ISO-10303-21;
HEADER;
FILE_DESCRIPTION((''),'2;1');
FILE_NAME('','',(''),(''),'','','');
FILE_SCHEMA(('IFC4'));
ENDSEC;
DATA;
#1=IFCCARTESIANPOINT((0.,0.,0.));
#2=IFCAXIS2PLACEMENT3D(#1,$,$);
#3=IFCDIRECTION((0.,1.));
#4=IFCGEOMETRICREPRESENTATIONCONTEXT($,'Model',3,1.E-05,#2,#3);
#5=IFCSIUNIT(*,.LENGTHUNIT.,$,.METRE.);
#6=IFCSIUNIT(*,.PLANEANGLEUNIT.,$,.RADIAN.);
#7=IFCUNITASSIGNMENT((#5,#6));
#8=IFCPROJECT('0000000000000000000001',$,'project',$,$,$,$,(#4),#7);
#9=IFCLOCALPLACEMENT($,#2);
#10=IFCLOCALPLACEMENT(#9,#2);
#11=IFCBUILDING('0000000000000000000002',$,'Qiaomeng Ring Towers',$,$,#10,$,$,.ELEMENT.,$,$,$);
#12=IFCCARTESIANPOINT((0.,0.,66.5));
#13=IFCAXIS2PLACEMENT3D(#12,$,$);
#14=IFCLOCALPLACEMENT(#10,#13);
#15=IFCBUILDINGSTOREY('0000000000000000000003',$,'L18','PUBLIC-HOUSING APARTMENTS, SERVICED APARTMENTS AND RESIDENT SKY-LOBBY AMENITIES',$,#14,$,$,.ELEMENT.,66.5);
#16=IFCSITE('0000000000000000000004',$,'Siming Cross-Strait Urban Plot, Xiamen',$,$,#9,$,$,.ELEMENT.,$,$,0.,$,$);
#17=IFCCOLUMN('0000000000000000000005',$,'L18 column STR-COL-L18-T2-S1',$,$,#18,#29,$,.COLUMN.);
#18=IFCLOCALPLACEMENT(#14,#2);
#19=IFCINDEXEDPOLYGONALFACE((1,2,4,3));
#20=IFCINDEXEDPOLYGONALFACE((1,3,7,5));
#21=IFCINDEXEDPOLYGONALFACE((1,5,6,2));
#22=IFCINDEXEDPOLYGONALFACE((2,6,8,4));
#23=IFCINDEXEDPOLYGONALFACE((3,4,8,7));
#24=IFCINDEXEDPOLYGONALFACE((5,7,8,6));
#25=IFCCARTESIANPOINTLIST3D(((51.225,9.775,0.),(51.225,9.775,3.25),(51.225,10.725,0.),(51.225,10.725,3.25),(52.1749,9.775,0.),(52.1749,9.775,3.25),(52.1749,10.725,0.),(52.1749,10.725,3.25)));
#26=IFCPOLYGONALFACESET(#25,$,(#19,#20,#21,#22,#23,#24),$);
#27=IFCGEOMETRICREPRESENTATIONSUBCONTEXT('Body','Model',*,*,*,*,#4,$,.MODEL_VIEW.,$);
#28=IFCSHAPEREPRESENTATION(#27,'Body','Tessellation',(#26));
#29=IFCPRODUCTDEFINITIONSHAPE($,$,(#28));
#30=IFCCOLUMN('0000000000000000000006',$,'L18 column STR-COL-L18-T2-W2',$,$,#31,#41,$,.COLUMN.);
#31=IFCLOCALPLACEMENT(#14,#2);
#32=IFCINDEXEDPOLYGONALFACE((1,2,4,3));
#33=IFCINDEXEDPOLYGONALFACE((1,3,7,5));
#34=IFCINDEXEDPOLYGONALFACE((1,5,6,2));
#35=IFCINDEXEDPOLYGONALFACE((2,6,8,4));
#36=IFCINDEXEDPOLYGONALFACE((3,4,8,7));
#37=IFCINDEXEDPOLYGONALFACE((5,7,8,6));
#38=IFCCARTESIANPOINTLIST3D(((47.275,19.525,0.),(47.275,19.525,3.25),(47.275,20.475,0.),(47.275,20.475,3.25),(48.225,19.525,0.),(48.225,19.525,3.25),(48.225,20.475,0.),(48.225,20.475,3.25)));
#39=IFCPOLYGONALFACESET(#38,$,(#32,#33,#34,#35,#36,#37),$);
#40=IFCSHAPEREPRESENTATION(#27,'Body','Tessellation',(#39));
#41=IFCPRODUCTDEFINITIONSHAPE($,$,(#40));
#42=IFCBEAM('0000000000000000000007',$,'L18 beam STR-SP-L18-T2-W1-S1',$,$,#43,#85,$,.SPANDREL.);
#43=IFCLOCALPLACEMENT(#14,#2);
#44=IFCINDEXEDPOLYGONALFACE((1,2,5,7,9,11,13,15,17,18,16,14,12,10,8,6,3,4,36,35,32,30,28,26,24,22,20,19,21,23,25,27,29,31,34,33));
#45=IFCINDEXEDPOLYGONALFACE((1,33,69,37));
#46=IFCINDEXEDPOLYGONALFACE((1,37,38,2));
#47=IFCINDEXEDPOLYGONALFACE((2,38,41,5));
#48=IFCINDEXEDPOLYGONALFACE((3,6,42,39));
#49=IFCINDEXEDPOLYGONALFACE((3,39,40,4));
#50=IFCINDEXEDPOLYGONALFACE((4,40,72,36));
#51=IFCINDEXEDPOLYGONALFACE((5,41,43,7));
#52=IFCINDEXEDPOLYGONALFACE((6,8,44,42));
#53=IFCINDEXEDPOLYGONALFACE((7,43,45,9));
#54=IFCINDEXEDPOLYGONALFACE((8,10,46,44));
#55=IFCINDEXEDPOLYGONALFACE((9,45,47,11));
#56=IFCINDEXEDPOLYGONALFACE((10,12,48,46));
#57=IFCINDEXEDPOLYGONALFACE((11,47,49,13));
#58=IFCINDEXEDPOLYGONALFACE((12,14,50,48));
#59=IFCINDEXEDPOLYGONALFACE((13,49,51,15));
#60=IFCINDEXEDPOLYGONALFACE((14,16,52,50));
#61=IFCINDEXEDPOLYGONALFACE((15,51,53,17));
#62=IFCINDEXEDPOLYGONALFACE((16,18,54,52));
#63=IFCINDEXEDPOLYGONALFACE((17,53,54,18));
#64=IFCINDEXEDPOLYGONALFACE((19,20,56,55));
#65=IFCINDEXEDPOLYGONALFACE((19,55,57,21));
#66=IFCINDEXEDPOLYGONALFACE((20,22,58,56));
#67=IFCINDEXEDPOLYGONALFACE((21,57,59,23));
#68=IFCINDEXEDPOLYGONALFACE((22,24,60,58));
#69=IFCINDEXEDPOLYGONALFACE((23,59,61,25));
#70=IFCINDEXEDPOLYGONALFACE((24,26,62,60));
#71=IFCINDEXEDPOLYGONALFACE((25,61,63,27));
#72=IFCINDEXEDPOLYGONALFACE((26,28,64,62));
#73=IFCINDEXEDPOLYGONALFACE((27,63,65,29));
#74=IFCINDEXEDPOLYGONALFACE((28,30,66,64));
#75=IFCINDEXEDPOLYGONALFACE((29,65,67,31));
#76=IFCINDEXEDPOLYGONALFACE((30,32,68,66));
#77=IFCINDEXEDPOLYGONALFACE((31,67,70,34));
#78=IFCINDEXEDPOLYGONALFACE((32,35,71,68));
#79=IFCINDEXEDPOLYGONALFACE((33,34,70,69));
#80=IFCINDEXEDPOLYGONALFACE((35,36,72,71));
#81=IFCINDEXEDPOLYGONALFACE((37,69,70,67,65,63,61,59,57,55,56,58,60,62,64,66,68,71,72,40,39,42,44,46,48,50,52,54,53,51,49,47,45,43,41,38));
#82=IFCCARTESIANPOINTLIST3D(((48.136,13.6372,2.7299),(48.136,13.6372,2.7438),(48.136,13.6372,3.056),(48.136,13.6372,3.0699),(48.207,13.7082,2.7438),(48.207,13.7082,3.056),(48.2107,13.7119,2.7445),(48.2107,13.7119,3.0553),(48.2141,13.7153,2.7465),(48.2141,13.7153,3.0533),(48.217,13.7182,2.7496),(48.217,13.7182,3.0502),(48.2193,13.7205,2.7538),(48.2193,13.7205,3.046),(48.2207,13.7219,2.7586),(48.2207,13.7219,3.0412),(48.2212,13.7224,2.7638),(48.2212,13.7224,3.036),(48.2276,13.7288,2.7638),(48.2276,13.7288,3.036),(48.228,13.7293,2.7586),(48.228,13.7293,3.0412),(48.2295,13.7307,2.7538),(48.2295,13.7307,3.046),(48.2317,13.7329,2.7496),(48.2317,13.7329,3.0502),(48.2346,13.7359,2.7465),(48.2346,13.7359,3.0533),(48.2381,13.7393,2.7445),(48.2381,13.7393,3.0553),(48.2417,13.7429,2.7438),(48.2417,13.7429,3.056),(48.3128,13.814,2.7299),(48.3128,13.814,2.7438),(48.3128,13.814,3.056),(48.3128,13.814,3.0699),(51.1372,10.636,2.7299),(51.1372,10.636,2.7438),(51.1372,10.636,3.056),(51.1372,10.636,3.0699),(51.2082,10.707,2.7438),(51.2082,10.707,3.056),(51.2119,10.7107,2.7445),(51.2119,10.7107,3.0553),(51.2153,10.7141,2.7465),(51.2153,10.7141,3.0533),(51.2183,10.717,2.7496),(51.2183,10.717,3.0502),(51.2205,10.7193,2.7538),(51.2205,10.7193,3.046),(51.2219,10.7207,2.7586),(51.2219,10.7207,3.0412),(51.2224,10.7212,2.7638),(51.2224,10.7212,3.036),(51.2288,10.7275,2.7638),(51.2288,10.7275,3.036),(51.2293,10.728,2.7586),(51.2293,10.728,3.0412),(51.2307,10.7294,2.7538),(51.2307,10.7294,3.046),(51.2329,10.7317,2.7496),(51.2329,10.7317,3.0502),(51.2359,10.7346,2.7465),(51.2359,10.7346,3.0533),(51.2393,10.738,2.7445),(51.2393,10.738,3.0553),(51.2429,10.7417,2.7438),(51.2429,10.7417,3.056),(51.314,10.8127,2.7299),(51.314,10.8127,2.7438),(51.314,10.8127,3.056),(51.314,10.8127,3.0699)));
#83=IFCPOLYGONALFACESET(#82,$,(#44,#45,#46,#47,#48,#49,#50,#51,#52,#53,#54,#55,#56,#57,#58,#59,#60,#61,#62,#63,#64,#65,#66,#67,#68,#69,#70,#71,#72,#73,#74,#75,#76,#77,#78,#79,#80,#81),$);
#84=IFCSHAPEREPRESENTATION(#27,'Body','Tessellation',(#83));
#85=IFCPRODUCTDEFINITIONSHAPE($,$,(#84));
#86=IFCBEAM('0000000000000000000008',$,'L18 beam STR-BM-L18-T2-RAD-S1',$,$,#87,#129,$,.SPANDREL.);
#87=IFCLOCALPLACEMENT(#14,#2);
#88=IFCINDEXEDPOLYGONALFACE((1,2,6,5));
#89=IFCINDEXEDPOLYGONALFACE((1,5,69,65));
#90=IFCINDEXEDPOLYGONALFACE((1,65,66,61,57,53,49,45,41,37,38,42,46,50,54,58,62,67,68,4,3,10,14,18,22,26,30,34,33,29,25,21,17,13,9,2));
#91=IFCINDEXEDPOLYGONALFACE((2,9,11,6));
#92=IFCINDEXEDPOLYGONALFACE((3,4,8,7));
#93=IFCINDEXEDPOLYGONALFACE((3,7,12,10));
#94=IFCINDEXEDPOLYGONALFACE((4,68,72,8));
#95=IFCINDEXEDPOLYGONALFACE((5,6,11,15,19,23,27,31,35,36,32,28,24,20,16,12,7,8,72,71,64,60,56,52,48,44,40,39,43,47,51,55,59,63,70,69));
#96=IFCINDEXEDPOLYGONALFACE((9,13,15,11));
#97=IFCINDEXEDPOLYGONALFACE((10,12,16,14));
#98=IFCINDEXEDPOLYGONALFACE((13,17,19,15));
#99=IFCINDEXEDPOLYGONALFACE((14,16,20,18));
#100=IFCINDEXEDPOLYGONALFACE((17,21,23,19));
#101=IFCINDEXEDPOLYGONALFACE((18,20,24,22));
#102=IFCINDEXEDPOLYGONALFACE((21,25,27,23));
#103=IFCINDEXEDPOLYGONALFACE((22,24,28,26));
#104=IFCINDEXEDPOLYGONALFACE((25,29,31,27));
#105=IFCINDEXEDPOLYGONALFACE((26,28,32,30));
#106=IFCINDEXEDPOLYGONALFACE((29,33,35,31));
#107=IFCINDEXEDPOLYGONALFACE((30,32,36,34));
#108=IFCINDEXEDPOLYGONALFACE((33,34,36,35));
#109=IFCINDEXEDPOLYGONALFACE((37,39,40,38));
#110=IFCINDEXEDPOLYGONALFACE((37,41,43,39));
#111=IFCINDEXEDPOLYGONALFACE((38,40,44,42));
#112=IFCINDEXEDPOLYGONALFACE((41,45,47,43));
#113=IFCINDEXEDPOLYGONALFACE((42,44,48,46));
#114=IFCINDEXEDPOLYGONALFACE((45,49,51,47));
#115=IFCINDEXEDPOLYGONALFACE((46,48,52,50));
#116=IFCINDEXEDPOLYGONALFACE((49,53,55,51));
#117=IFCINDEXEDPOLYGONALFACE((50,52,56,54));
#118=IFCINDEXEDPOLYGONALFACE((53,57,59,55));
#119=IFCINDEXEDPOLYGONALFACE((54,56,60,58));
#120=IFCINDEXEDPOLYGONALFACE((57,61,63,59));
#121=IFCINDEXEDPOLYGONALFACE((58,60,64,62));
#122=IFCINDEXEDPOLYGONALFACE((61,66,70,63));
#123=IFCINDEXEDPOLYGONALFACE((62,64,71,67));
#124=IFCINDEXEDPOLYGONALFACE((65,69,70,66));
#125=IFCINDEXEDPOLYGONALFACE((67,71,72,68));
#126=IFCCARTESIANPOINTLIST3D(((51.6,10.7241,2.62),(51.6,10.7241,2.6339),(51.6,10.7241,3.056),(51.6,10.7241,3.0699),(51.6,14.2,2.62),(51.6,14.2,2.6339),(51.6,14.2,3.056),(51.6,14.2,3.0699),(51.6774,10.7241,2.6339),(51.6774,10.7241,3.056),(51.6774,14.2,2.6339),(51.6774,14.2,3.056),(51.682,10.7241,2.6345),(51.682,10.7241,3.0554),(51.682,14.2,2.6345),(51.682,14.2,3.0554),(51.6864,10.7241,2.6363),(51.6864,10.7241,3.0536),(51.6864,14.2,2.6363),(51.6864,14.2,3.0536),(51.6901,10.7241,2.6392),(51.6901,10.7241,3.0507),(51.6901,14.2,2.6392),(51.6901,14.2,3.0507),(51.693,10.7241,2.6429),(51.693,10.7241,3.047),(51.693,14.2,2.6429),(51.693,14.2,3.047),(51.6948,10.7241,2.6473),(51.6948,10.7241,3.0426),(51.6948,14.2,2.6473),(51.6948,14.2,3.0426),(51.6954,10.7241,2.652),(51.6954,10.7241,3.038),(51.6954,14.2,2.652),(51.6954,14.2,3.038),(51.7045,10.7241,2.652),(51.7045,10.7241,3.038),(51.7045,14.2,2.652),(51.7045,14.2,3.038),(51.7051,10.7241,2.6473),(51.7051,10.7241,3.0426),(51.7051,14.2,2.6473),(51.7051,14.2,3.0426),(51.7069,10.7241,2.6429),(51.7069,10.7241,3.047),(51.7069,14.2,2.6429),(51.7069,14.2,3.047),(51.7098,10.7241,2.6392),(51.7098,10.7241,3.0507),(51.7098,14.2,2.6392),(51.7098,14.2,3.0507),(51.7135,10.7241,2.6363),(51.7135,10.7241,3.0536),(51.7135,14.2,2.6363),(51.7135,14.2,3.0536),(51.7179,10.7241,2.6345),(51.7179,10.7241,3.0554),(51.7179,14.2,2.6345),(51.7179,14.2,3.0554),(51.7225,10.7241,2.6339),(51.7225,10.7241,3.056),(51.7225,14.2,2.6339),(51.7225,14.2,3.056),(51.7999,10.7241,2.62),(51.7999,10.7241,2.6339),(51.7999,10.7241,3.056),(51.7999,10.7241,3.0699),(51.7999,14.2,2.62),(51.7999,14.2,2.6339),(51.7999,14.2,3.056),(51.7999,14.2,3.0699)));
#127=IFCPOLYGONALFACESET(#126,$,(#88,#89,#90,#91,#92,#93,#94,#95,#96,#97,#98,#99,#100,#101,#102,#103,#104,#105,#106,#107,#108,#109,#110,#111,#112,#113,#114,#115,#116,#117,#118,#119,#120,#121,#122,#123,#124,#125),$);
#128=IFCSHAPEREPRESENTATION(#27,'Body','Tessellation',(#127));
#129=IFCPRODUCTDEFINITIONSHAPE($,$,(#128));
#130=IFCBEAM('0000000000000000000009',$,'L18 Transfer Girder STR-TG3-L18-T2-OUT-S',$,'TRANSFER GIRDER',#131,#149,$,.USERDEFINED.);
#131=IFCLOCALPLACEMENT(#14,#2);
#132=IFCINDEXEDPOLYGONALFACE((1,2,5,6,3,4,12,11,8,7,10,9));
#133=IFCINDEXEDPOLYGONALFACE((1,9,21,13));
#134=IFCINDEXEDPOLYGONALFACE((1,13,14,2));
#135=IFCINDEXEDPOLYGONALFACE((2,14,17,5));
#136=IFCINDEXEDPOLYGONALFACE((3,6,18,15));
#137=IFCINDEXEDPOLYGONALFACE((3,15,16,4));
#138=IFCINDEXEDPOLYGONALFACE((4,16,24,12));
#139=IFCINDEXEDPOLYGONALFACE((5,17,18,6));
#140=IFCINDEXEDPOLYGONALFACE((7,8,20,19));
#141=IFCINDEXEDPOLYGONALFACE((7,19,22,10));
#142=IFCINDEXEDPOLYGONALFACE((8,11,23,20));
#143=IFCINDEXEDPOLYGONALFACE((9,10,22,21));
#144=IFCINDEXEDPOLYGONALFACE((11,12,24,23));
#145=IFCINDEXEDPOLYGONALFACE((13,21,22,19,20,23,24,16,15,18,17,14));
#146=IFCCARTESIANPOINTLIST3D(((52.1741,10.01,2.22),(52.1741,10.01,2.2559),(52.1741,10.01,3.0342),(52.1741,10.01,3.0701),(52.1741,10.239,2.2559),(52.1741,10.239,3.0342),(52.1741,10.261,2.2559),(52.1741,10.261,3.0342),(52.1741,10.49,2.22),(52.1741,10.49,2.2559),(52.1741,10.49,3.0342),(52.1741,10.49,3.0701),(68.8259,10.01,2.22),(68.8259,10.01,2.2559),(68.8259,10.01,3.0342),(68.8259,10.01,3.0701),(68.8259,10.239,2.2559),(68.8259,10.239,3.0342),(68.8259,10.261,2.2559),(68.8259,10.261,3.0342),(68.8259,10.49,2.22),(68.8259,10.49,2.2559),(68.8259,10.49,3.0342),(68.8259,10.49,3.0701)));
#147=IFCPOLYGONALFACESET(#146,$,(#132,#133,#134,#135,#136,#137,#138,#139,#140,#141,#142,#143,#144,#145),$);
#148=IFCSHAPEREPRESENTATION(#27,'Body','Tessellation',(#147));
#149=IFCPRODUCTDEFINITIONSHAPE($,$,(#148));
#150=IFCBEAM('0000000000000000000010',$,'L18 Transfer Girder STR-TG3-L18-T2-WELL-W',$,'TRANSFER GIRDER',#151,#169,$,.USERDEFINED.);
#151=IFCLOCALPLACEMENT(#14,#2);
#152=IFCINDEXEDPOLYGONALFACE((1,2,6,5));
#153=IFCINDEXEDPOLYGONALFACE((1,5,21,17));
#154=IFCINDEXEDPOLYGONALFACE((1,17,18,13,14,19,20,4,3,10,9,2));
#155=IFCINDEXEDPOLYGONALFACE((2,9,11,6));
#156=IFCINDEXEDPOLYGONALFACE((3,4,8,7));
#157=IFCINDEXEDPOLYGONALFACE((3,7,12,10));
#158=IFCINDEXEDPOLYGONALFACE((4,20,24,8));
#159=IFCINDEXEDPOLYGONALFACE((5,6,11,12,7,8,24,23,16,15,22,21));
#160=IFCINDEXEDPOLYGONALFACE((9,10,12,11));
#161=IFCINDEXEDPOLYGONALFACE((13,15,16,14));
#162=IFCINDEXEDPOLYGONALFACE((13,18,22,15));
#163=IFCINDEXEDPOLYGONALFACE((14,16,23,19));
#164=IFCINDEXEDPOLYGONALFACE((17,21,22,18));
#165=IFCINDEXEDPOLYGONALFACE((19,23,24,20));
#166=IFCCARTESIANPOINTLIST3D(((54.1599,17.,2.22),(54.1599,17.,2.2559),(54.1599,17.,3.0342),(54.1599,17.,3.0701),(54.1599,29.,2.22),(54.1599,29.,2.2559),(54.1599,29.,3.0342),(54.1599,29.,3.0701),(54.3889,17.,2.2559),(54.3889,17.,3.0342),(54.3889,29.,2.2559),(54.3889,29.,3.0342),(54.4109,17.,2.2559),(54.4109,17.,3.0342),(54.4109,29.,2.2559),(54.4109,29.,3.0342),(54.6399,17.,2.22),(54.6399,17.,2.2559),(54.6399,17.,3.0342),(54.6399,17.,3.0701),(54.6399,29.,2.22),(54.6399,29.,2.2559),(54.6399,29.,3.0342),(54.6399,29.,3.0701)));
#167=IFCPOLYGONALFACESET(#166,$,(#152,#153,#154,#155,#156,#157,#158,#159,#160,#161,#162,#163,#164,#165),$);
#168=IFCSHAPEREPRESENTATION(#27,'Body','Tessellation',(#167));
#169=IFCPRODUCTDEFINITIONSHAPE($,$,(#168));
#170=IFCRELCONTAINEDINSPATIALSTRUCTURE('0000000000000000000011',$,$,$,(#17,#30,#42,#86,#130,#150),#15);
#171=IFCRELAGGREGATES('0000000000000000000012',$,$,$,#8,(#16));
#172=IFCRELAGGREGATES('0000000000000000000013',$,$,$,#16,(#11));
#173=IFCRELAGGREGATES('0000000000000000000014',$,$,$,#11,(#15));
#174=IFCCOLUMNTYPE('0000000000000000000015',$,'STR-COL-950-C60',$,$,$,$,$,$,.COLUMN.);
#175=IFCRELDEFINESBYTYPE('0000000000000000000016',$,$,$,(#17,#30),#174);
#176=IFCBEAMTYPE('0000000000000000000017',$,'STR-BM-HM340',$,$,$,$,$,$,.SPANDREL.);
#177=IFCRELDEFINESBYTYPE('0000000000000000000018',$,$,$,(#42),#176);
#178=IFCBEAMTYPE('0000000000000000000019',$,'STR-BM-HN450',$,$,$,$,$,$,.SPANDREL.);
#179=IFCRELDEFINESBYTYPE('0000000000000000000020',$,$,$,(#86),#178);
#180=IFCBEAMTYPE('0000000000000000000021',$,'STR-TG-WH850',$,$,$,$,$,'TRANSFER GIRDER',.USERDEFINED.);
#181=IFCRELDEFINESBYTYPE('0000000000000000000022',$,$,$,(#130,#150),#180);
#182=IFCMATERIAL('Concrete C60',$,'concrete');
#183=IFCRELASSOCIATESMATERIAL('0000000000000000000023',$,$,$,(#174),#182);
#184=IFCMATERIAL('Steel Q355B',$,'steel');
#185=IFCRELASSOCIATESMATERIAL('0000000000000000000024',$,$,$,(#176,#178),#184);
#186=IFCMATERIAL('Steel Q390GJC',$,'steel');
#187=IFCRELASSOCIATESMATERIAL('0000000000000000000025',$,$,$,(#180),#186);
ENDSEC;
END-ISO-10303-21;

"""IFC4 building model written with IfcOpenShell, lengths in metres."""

from ifc_helpers import new_model, si_unit, direction, frame, origin, origin_2d, place, context, subcontext, project, spatial, rectangle, i_section, extrude, source, transform, mapped, material, material_profile, profile_set, type_object, element, save


model = new_model("IFC4")

# Units and contexts
model_context = context("Model", 3, precision=1e-05, world=origin(), true_north=direction((0.0, 1.0)))
body_context = subcontext(model_context, "Body", "Model", "MODEL_VIEW")
ifc_project = project(units=[si_unit("LENGTHUNIT", "METRE"), si_unit("PLANEANGLEUNIT", "RADIAN")], contexts=[model_context])

# Site, building, storey
site_placement = place(None, origin())
site = spatial("IfcSite", under=ifc_project, at=site_placement, Name="Siming Cross-Strait Urban Plot, Xiamen", CompositionType="ELEMENT", RefElevation=0.0)
building_placement = place(site_placement, origin())
building = spatial("IfcBuilding", under=site, at=building_placement, Name="Qiaomeng Ring Towers", CompositionType="ELEMENT")
storey_placement = place(building_placement, frame((0.0, 0.0, 66.5)))
storey = spatial("IfcBuildingStorey", under=building, at=storey_placement, Name="L18", Description="PUBLIC-HOUSING APARTMENTS, SERVICED APARTMENTS AND RESIDENT SKY-LOBBY AMENITIES", CompositionType="ELEMENT", Elevation=66.5)

# Columns
ifc_material_1 = material(Name="Concrete C60", Category="concrete")
ifc_material_profile_1 = material_profile(ifc_material_1, rectangle(XDim=0.95, YDim=0.95, at=origin_2d()), Name="RC COL 950x950")
ifc_profile_set_1 = profile_set([ifc_material_profile_1], Name="Concrete C60")
column_type = type_object("IfcColumnType", Name="STR-COL-950-C60", PredefinedType="COLUMN", material=ifc_profile_set_1)
shared_shape_1 = source(origin(), body_context, "Body", "SweptSolid", [
    extrude(rectangle(XDim=0.95, YDim=0.95, at=origin_2d()), origin(), (0.0, 0.0, 1.0), 3.25),
])
for number, where, z_axis, x_axis, name in (
    (1, (51.7, 10.25, 0.0), (0.0, 0.0, 1.0), (1.0, 0.0, 0.0), "L18 column STR-COL-L18-T2-S1"),
    (2, (47.75, 20.0, 0.0), (0.0, 0.0, 1.0), (1.0, 0.0, 0.0), "L18 column STR-COL-L18-T2-W2"),
):
    element("IfcColumn", number, at=place(storey_placement, frame(where, z_axis=z_axis, x_axis=x_axis)), inside=storey, type_object=column_type, Name=name, PredefinedType="COLUMN", context=body_context, shape_type="MappedRepresentation", body=[
        mapped(shared_shape_1, transform((0.0, 0.0, 0.0), x_axis=(1.0, 0.0, 0.0), y_axis=(0.0, 1.0, 0.0), z_axis=(0.0, 0.0, 1.0), scale=1.0)),
    ])

# Beams
ifc_material_2 = material(Name="Steel Q355B", Category="steel")
ifc_material_profile_2 = material_profile(ifc_material_2, i_section(OverallWidth=0.25, OverallDepth=0.3401, WebThickness=0.009, FlangeThickness=0.0139, FilletRadius=0.02, at=origin_2d()), Name="HM 340x250x9x14")
ifc_profile_set_2 = profile_set([ifc_material_profile_2], Name="Steel Q355B")
beam_type_1 = type_object("IfcBeamType", Name="STR-BM-HM340", PredefinedType="SPANDREL", material=ifc_profile_set_2)
shared_shape_2 = source(origin(), body_context, "Body", "SweptSolid", [
    extrude(i_section(OverallWidth=0.25, OverallDepth=0.3401, WebThickness=0.009, FlangeThickness=0.0139, FilletRadius=0.02, at=origin_2d()), origin(), (0.0, 0.0, 1.0), 4.2444),
])
beam_1_placement = place(storey_placement, frame((48.2244, 13.7256, 2.8999), z_axis=(0.707107, -0.707107, 0.0), x_axis=(0.707107, 0.707107, 0.0)))
element("IfcBeam", 3, at=beam_1_placement, inside=storey, type_object=beam_type_1, Name="L18 beam STR-SP-L18-T2-W1-S1", PredefinedType="SPANDREL", context=body_context, shape_type="MappedRepresentation", body=[
    mapped(shared_shape_2, transform((0.0, 0.0, 0.0), x_axis=(1.0, 0.0, 0.0), y_axis=(0.0, 1.0, 0.0), z_axis=(0.0, 0.0, 1.0), scale=1.0)),
])
ifc_material_profile_3 = material_profile(ifc_material_2, i_section(OverallWidth=0.2, OverallDepth=0.45, WebThickness=0.009, FlangeThickness=0.0139, FilletRadius=0.0181, at=origin_2d()), Name="HN 450x200x9x14")
ifc_profile_set_3 = profile_set([ifc_material_profile_3], Name="Steel Q355B")
beam_type_2 = type_object("IfcBeamType", Name="STR-BM-HN450", PredefinedType="SPANDREL", material=ifc_profile_set_3)
shared_shape_3 = source(origin(), body_context, "Body", "SweptSolid", [
    extrude(i_section(OverallWidth=0.2, OverallDepth=0.45, WebThickness=0.009, FlangeThickness=0.0139, FilletRadius=0.0181, at=origin_2d()), origin(), (0.0, 0.0, 1.0), 3.4758),
])
beam_2_placement = place(storey_placement, frame((51.7, 10.7241, 2.845), z_axis=(0.0, 1.0, 0.0), x_axis=(-1.0, 0.0, 0.0)))
element("IfcBeam", 4, at=beam_2_placement, inside=storey, type_object=beam_type_2, Name="L18 beam STR-BM-L18-T2-RAD-S1", PredefinedType="SPANDREL", context=body_context, shape_type="MappedRepresentation", body=[
    mapped(shared_shape_3, transform((0.0, 0.0, 0.0), x_axis=(1.0, 0.0, 0.0), y_axis=(0.0, 1.0, 0.0), z_axis=(0.0, 0.0, 1.0), scale=1.0)),
])
ifc_material_3 = material(Name="Steel Q390GJC", Category="steel")
ifc_material_profile_4 = material_profile(ifc_material_3, i_section(OverallWidth=0.48, OverallDepth=0.8501, WebThickness=0.022, FlangeThickness=0.0359, at=origin_2d()), Name="WH 850x480x22x36")
ifc_profile_set_4 = profile_set([ifc_material_profile_4], Name="Steel Q390GJC")
beam_type_3 = type_object("IfcBeamType", Name="STR-TG-WH850", ElementType="TRANSFER GIRDER", PredefinedType="USERDEFINED", material=ifc_profile_set_4)
shared_shape_4 = source(origin(), body_context, "Body", "SweptSolid", [
    extrude(i_section(OverallWidth=0.48, OverallDepth=0.8501, WebThickness=0.022, FlangeThickness=0.0359, at=origin_2d()), origin(), (0.0, 0.0, 1.0), 16.6519),
])
beam_3_placement = place(storey_placement, frame((52.1741, 10.25, 2.645), z_axis=(1.0, 0.0, 0.0), x_axis=(0.0, 1.0, 0.0)))
element("IfcBeam", 5, at=beam_3_placement, inside=storey, type_object=beam_type_3, Name="L18 Transfer Girder STR-TG3-L18-T2-OUT-S", ObjectType="TRANSFER GIRDER", PredefinedType="USERDEFINED", context=body_context, shape_type="MappedRepresentation", body=[
    mapped(shared_shape_4, transform((0.0, 0.0, 0.0), x_axis=(1.0, 0.0, 0.0), y_axis=(0.0, 1.0, 0.0), z_axis=(0.0, 0.0, 1.0), scale=1.0)),
])
shared_shape_5 = source(origin(), body_context, "Body", "SweptSolid", [
    extrude(i_section(OverallWidth=0.48, OverallDepth=0.8501, WebThickness=0.022, FlangeThickness=0.0359, at=origin_2d()), origin(), (0.0, 0.0, 1.0), 12.0),
])
beam_4_placement = place(storey_placement, frame((54.3999, 17.0, 2.645), z_axis=(0.0, 1.0, 0.0), x_axis=(-1.0, 0.0, 0.0)))
element("IfcBeam", 6, at=beam_4_placement, inside=storey, type_object=beam_type_3, Name="L18 Transfer Girder STR-TG3-L18-T2-WELL-W", ObjectType="TRANSFER GIRDER", PredefinedType="USERDEFINED", context=body_context, shape_type="MappedRepresentation", body=[
    mapped(shared_shape_5, transform((0.0, 0.0, 0.0), x_axis=(1.0, 0.0, 0.0), y_axis=(0.0, 1.0, 0.0), z_axis=(0.0, 0.0, 1.0), scale=1.0)),
])

save(model, "model.ifc")
